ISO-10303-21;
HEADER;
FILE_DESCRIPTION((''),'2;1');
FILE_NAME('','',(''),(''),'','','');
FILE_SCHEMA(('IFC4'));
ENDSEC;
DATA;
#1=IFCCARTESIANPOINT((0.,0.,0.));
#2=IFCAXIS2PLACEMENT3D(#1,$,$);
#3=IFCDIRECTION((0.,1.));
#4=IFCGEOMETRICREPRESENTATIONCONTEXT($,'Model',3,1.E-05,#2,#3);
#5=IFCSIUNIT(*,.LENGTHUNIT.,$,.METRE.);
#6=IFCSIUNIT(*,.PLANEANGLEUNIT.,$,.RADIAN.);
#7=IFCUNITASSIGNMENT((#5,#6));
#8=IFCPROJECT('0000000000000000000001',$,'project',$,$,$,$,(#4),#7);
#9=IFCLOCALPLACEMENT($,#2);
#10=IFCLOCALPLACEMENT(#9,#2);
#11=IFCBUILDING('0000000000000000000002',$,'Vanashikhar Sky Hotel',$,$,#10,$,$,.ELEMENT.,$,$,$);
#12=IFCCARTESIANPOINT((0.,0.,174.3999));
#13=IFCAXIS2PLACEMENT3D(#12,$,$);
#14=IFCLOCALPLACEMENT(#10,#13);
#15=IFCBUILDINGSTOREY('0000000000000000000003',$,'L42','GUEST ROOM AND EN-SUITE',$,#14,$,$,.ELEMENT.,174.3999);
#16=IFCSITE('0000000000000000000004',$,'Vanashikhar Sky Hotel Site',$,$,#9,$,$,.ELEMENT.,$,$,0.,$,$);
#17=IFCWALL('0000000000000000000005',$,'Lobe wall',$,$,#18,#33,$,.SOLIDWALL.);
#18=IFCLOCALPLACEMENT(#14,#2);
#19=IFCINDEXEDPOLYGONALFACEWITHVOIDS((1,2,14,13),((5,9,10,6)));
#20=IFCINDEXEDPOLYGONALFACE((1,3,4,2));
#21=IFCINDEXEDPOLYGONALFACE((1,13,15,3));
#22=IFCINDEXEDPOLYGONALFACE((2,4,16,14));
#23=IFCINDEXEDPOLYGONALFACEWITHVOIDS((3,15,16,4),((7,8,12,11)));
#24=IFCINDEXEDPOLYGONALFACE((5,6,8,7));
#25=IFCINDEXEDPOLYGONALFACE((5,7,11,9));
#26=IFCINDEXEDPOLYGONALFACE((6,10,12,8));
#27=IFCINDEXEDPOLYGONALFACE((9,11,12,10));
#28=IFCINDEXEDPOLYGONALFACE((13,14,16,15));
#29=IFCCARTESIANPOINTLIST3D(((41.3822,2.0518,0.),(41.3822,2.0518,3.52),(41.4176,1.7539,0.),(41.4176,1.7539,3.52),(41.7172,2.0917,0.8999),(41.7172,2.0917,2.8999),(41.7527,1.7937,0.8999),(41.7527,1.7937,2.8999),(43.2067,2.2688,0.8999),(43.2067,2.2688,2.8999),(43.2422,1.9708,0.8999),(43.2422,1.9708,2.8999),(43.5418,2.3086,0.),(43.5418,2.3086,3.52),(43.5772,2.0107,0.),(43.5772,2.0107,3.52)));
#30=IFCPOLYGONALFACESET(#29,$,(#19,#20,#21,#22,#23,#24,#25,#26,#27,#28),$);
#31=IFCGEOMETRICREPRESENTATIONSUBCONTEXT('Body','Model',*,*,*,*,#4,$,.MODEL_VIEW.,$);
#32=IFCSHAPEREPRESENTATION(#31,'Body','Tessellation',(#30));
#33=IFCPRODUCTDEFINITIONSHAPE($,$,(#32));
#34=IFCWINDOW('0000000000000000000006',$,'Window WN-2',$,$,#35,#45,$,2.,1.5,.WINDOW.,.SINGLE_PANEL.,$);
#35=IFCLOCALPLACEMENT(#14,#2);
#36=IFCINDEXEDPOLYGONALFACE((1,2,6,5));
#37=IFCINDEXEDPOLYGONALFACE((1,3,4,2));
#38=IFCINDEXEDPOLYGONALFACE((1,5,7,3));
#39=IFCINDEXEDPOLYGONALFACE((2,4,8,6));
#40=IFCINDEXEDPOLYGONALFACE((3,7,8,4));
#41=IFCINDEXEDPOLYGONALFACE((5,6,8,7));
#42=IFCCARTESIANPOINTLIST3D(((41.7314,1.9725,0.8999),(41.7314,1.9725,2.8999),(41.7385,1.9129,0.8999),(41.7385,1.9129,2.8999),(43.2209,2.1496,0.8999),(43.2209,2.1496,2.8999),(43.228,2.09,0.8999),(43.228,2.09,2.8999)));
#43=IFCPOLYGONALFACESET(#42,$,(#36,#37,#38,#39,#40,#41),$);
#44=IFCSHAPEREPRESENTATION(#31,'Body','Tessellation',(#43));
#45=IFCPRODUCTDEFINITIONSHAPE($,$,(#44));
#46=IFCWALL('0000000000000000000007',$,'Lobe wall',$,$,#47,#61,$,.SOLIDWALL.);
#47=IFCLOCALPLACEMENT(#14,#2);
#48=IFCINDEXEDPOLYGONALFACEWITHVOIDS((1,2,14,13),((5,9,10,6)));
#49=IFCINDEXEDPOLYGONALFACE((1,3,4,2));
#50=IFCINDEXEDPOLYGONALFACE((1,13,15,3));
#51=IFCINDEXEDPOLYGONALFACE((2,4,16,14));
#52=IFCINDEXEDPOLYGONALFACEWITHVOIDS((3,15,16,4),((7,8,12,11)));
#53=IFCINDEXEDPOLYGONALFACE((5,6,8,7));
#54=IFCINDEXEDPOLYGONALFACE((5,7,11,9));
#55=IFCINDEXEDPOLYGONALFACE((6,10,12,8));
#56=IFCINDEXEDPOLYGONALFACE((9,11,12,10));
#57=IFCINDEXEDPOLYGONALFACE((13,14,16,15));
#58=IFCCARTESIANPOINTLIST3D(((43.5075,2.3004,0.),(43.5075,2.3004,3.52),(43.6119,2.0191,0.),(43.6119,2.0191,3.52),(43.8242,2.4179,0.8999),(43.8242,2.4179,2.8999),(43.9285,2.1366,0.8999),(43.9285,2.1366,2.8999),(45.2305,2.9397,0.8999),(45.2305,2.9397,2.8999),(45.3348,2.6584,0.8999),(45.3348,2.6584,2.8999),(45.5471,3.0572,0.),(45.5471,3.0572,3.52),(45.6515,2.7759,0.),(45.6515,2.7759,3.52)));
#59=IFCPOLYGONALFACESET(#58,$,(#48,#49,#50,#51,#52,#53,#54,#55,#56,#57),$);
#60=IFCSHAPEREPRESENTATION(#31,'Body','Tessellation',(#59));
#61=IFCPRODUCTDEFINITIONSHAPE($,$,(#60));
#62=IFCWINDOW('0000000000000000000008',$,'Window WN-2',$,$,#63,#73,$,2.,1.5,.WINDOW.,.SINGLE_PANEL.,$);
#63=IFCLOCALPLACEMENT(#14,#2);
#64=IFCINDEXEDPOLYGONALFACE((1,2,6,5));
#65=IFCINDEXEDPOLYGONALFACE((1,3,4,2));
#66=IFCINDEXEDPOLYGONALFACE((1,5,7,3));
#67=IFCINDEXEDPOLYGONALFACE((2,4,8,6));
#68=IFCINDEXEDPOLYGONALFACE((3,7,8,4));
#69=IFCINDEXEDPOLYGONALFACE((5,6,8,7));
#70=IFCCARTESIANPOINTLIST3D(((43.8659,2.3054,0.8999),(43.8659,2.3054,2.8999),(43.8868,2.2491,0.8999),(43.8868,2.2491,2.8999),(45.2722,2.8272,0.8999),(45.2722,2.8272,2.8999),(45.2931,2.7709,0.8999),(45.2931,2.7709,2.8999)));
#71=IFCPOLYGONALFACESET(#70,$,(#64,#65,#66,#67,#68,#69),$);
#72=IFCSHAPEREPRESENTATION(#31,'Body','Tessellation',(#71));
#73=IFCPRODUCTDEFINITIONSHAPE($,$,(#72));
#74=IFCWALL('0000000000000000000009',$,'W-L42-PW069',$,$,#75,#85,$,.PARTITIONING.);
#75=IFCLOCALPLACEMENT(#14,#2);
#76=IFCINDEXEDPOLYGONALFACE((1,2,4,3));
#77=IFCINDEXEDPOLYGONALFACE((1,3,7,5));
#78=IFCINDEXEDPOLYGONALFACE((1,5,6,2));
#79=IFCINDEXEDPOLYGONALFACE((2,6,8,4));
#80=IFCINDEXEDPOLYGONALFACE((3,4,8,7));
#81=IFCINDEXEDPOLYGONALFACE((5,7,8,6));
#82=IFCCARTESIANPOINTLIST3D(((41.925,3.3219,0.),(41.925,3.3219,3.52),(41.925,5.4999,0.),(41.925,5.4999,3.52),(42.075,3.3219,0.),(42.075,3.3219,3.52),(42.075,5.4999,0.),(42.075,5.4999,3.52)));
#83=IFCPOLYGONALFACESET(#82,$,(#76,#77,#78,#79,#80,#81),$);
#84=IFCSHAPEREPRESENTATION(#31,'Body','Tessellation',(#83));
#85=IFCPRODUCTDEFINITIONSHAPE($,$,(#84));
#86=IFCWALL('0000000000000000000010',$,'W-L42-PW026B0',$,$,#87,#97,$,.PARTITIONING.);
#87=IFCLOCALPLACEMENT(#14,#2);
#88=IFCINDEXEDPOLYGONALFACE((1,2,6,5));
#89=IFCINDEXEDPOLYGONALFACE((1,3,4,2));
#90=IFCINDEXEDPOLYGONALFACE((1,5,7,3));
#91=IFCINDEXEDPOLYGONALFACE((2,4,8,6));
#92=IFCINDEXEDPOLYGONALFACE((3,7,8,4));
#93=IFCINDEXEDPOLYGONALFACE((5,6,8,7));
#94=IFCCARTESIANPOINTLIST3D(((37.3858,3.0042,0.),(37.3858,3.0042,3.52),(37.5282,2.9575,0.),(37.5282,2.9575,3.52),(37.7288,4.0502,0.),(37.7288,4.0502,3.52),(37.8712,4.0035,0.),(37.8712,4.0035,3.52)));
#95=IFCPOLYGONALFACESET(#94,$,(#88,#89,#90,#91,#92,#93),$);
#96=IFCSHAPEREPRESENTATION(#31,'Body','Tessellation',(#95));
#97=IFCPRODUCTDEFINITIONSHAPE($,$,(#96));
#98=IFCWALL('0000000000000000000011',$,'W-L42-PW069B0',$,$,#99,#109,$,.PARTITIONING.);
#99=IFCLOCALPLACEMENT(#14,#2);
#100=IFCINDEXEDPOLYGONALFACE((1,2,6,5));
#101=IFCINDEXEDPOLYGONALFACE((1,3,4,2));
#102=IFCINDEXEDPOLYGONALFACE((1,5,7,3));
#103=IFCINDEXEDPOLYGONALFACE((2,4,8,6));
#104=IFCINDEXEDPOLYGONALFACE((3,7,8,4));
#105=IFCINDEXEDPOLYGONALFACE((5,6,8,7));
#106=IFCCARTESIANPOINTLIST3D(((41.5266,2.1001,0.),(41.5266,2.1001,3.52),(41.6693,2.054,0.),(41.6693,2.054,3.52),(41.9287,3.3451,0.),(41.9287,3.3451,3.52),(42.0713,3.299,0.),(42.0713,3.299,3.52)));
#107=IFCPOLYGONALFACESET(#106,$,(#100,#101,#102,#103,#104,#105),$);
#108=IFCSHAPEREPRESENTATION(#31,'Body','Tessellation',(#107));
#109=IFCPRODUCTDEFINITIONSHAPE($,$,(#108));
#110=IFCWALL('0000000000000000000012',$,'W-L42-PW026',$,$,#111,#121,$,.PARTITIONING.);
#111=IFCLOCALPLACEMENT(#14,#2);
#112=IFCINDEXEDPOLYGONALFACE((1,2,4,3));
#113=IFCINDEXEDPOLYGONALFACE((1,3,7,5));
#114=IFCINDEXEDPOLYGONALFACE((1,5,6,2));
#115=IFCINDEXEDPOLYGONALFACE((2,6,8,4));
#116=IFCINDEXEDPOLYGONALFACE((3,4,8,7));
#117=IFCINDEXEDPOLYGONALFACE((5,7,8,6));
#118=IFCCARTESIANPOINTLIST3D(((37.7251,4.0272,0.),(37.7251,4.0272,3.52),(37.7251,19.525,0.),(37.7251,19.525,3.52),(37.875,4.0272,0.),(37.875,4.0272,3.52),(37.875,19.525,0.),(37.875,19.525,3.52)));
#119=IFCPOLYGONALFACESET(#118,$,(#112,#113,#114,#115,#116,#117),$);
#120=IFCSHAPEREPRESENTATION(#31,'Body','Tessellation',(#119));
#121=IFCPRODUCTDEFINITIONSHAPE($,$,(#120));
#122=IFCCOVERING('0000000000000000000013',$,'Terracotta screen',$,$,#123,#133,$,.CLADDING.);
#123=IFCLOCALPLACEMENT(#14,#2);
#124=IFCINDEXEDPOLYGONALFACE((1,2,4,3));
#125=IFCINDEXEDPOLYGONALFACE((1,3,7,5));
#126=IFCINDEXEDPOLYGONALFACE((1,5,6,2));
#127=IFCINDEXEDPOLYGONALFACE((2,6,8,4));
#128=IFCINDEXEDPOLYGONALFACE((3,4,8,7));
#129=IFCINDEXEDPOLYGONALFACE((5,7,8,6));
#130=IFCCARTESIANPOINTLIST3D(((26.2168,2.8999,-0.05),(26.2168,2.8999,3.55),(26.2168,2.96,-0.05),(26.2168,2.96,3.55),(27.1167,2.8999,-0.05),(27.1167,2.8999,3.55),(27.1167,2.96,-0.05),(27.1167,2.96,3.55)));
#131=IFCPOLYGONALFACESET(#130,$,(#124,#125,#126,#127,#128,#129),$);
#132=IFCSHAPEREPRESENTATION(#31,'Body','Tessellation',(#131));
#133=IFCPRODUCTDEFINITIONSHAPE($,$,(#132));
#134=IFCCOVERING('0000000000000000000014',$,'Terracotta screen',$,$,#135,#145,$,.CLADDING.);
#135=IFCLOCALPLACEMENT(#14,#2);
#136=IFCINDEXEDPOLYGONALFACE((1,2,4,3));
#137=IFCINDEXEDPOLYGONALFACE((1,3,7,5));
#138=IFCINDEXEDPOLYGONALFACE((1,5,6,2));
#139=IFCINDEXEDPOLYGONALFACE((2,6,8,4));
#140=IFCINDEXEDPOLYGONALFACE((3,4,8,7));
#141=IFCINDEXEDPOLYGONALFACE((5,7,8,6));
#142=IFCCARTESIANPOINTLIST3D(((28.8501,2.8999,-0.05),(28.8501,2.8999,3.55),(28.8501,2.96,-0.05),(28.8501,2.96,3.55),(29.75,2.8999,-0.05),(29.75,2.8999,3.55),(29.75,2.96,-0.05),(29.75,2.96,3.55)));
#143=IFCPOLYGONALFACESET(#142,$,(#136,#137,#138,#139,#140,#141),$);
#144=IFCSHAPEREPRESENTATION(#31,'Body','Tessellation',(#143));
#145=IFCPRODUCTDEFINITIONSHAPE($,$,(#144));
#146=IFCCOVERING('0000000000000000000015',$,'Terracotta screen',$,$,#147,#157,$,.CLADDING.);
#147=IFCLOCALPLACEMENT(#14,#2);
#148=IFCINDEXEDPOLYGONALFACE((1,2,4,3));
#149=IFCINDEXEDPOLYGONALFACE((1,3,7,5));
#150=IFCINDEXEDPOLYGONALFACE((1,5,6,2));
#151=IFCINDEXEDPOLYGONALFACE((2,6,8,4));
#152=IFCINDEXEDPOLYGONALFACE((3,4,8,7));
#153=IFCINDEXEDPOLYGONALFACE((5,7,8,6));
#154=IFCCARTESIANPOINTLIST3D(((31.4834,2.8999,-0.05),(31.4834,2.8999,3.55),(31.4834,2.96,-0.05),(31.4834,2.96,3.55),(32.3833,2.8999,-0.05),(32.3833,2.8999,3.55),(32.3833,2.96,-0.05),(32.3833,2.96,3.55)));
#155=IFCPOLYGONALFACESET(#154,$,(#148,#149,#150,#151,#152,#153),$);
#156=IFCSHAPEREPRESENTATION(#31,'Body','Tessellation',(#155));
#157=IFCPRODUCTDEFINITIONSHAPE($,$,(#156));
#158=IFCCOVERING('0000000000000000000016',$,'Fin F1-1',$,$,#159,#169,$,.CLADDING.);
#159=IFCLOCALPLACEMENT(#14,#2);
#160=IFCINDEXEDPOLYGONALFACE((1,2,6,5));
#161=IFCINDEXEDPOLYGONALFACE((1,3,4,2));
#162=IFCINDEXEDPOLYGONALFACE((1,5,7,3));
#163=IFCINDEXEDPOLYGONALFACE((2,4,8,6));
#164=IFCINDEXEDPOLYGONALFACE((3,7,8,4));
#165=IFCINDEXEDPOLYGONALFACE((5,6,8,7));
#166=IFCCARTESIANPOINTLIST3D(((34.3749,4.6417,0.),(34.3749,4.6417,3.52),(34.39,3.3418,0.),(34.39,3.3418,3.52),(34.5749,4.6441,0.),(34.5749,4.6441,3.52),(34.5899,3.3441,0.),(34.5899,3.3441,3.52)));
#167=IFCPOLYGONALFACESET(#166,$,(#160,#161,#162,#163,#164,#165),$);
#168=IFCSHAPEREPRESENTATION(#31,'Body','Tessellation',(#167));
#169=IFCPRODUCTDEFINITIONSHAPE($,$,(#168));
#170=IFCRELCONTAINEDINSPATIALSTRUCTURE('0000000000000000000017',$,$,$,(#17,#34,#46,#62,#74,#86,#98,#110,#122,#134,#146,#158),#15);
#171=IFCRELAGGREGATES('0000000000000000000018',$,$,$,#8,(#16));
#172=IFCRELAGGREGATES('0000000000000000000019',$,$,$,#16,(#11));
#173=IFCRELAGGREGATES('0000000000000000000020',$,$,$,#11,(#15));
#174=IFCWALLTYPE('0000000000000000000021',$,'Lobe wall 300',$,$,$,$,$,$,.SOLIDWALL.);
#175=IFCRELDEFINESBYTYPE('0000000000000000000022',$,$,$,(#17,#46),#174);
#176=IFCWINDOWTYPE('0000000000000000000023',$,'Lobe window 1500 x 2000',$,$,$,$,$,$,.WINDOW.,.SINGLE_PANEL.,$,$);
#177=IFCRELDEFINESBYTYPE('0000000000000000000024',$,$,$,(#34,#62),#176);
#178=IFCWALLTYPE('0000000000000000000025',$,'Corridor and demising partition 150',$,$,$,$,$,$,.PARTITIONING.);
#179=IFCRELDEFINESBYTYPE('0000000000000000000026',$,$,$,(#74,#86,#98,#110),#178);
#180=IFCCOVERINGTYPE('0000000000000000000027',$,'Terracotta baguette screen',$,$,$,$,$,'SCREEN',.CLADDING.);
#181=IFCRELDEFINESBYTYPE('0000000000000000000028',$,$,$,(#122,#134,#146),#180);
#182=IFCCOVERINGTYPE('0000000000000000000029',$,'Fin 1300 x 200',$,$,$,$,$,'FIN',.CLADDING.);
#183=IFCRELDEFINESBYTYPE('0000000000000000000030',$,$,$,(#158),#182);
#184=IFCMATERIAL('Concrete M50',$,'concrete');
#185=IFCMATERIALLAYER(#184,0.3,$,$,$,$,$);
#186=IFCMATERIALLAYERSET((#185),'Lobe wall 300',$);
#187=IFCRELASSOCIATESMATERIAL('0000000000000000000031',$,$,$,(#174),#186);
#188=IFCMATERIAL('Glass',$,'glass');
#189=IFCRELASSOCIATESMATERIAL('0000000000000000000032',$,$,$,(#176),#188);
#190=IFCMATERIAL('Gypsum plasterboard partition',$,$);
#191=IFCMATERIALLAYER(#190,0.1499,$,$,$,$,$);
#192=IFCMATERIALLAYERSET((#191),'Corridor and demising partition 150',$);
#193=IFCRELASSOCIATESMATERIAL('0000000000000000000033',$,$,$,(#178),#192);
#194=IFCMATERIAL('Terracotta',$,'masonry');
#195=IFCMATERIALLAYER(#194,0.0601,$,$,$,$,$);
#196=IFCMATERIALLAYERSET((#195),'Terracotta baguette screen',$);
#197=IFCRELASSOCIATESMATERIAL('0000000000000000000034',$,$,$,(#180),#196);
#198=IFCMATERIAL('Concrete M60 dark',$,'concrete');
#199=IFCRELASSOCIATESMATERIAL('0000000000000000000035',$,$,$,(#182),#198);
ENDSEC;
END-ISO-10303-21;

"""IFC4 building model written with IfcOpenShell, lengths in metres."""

from ifc_helpers import new_model, si_unit, direction, frame, frame_2d, origin, origin_2d, place, context, subcontext, project, spatial, rectangle, extrude, source, transform, mapped, material, layer, layer_set, material_profile, profile_set, type_object, element, fill, save


model = new_model("IFC4")

# Units and contexts
model_context = context("Model", 3, precision=1e-05, world=origin(), true_north=direction((0.0, 1.0)))
body_context = subcontext(model_context, "Body", "Model", "MODEL_VIEW")
ifc_project = project(units=[si_unit("LENGTHUNIT", "METRE"), si_unit("PLANEANGLEUNIT", "RADIAN")], contexts=[model_context])

# Site, building, storey
site_placement = place(None, origin())
site = spatial("IfcSite", under=ifc_project, at=site_placement, Name="Vanashikhar Sky Hotel Site", CompositionType="ELEMENT", RefElevation=0.0)
building_placement = place(site_placement, origin())
building = spatial("IfcBuilding", under=site, at=building_placement, Name="Vanashikhar Sky Hotel", CompositionType="ELEMENT")
storey_placement = place(building_placement, frame((0.0, 0.0, 174.3999)))
storey = spatial("IfcBuildingStorey", under=building, at=storey_placement, Name="L42", Description="GUEST ROOM AND EN-SUITE", CompositionType="ELEMENT", Elevation=174.3999)

# Walls, openings, windows
ifc_material_1 = material(Name="Concrete M50", Category="concrete")
ifc_layer_1 = layer(ifc_material_1, 0.3)
ifc_layer_set_1 = layer_set([ifc_layer_1], Name="Lobe wall 300")
wall_type_1 = type_object("IfcWallType", Name="Lobe wall 300", PredefinedType="SOLIDWALL", material=ifc_layer_set_1)
shared_shape_1 = source(origin(), body_context, "Body", "SweptSolid", [
    extrude(rectangle(XDim=1.5, YDim=2.0, at=frame_2d((0.75, 1.0))), frame((0.0, 0.1602, 0.0), z_axis=(0.0, -1.0, 0.0), x_axis=(1.0, 0.0, 0.0)), (0.0, 0.0, 1.0), 0.3201),
])
ifc_material_2 = material(Name="Glass", Category="glass")
window_type = type_object("IfcWindowType", Name="Lobe window 1500 x 2000", PartitioningType="SINGLE_PANEL", PredefinedType="WINDOW", material=ifc_material_2)
shared_shape_2 = source(origin(), body_context, "Body", "SweptSolid", [
    extrude(rectangle(XDim=1.5, YDim=2.0, at=frame_2d((0.75, 1.0))), frame((0.0, 0.03, 0.0), z_axis=(0.0, -1.0, 0.0), x_axis=(1.0, 0.0, 0.0)), (0.0, 0.0, 1.0), 0.0601),
])
shared_shape_3 = source(origin(), body_context, "Body", "SweptSolid", [
    extrude(rectangle(XDim=2.1748, YDim=0.3, at=frame_2d((1.0874, 0.0))), origin(), (0.0, 0.0, 1.0), 3.52),
])
wall_1_placement = place(storey_placement, frame((41.3999, 1.9028, 0.0), z_axis=(0.0, 0.0, 1.0), x_axis=(0.993003, 0.118092, 0.0)))
wall_1 = element("IfcWall", 1, at=wall_1_placement, inside=storey, type_object=wall_type_1, Name="Lobe wall", PredefinedType="SOLIDWALL", context=body_context, shape_type="MappedRepresentation", body=[
    mapped(shared_shape_3, transform((0.0, 0.0, 0.0), scale=1.0)),
])
opening_1_placement = place(wall_1_placement, frame((0.3374, 0.0, 0.8999)))
opening_1 = element("IfcOpeningElement", 2, at=opening_1_placement, cuts=wall_1, PredefinedType="OPENING", context=body_context, shape_type="MappedRepresentation", body=[
    mapped(shared_shape_1, transform((0.0, 0.0, 0.0), scale=1.0)),
])
window_1_placement = place(opening_1_placement, origin())
window_1 = element("IfcWindow", 3, at=window_1_placement, inside=storey, type_object=window_type, Name="Window WN-2", OverallHeight=2.0, OverallWidth=1.5, PartitioningType="SINGLE_PANEL", PredefinedType="WINDOW", context=body_context, shape_type="MappedRepresentation", body=[
    mapped(shared_shape_2, transform((0.0, 0.0, 0.0), scale=1.0)),
])
fill(opening_1, window_1)
shared_shape_4 = source(origin(), body_context, "Body", "SweptSolid", [
    extrude(rectangle(XDim=2.1755, YDim=0.3, at=frame_2d((1.0879, 0.0))), origin(), (0.0, 0.0, 1.0), 3.52),
])
wall_2_placement = place(storey_placement, frame((43.5596, 2.1597, 0.0), z_axis=(0.0, 0.0, 1.0), x_axis=(0.937532, 0.347899, 0.0)))
wall_2 = element("IfcWall", 4, at=wall_2_placement, inside=storey, type_object=wall_type_1, Name="Lobe wall", PredefinedType="SOLIDWALL", context=body_context, shape_type="MappedRepresentation", body=[
    mapped(shared_shape_4, transform((0.0, 0.0, 0.0), scale=1.0)),
])
opening_2_placement = place(wall_2_placement, frame((0.3379, 0.0, 0.8999)))
opening_2 = element("IfcOpeningElement", 5, at=opening_2_placement, cuts=wall_2, PredefinedType="OPENING", context=body_context, shape_type="MappedRepresentation", body=[
    mapped(shared_shape_1, transform((0.0, 0.0, 0.0), scale=1.0)),
])
window_2_placement = place(opening_2_placement, origin())
window_2 = element("IfcWindow", 6, at=window_2_placement, inside=storey, type_object=window_type, Name="Window WN-2", OverallHeight=2.0, OverallWidth=1.5, PartitioningType="SINGLE_PANEL", PredefinedType="WINDOW", context=body_context, shape_type="MappedRepresentation", body=[
    mapped(shared_shape_2, transform((0.0, 0.0, 0.0), scale=1.0)),
])
fill(opening_2, window_2)

# Walls
ifc_material_3 = material(Name="Gypsum plasterboard partition")
ifc_layer_2 = layer(ifc_material_3, 0.1499)
ifc_layer_set_2 = layer_set([ifc_layer_2], Name="Corridor and demising partition 150")
wall_type_2 = type_object("IfcWallType", Name="Corridor and demising partition 150", PredefinedType="PARTITIONING", material=ifc_layer_set_2)
shared_shape_5 = source(origin(), body_context, "Body", "SweptSolid", [
    extrude(rectangle(XDim=2.178, YDim=0.1499, at=frame_2d((1.0889, 0.0))), origin(), (0.0, 0.0, 1.0), 3.52),
])
wall_3_placement = place(storey_placement, frame((42.0, 3.322, 0.0), z_axis=(0.0, 0.0, 1.0), x_axis=(0.0, 1.0, 0.0)))
element("IfcWall", 7, at=wall_3_placement, inside=storey, type_object=wall_type_2, Name="W-L42-PW069", PredefinedType="PARTITIONING", context=body_context, shape_type="MappedRepresentation", body=[
    mapped(shared_shape_5, transform((0.0, 0.0, 0.0), scale=1.0)),
])
shared_shape_6 = source(origin(), body_context, "Body", "SweptSolid", [
    extrude(rectangle(XDim=1.1008, YDim=0.1499, at=frame_2d((0.5503, 0.0))), origin(), (0.0, 0.0, 1.0), 3.52),
])
wall_4_placement = place(storey_placement, frame((37.457, 2.981, 0.0), z_axis=(0.0, 0.0, 1.0), x_axis=(0.311567, 0.950224, 0.0)))
element("IfcWall", 8, at=wall_4_placement, inside=storey, type_object=wall_type_2, Name="W-L42-PW026B0", PredefinedType="PARTITIONING", context=body_context, shape_type="MappedRepresentation", body=[
    mapped(shared_shape_6, transform((0.0, 0.0, 0.0), scale=1.0)),
])
shared_shape_7 = source(origin(), body_context, "Body", "SweptSolid", [
    extrude(rectangle(XDim=1.3083, YDim=0.1499, at=frame_2d((0.6543, 0.0))), origin(), (0.0, 0.0, 1.0), 3.52),
])
wall_5_placement = place(storey_placement, frame((41.5979, 2.0769, 0.0), z_axis=(0.0, 0.0, 1.0), x_axis=(0.307314, 0.951608, 0.0)))
element("IfcWall", 9, at=wall_5_placement, inside=storey, type_object=wall_type_2, Name="W-L42-PW069B0", PredefinedType="PARTITIONING", context=body_context, shape_type="MappedRepresentation", body=[
    mapped(shared_shape_7, transform((0.0, 0.0, 0.0), scale=1.0)),
])
shared_shape_8 = source(origin(), body_context, "Body", "SweptSolid", [
    extrude(rectangle(XDim=15.4978, YDim=0.1499, at=frame_2d((7.749, 0.0))), origin(), (0.0, 0.0, 1.0), 3.52),
])
wall_6_placement = place(storey_placement, frame((37.8, 4.0271, 0.0), z_axis=(0.0, 0.0, 1.0), x_axis=(0.0, 1.0, 0.0)))
element("IfcWall", 10, at=wall_6_placement, inside=storey, type_object=wall_type_2, Name="W-L42-PW026", PredefinedType="PARTITIONING", context=body_context, shape_type="MappedRepresentation", body=[
    mapped(shared_shape_8, transform((0.0, 0.0, 0.0), scale=1.0)),
])

# Coverings
ifc_material_4 = material(Name="Terracotta", Category="masonry")
ifc_layer_3 = layer(ifc_material_4, 0.0601)
ifc_layer_set_3 = layer_set([ifc_layer_3], Name="Terracotta baguette screen")
covering_type_1 = type_object("IfcCoveringType", Name="Terracotta baguette screen", ElementType="SCREEN", PredefinedType="CLADDING", material=ifc_layer_set_3)
shared_shape_9 = source(origin(), body_context, "Body", "SweptSolid", [
    extrude(rectangle(XDim=0.8999, YDim=0.0601, at=origin_2d()), origin(), (0.0, 0.0, 1.0), 3.6001),
])
for number, where, z_axis, x_axis, name in (
    (11, (26.6667, 2.9299, -0.05), (0.0, 0.0, 1.0), (1.0, 0.0, 0.0), "Terracotta screen"),
    (12, (29.3, 2.9299, -0.05), (0.0, 0.0, 1.0), (1.0, 0.0, 0.0), "Terracotta screen"),
    (13, (31.9333, 2.9299, -0.05), (0.0, 0.0, 1.0), (1.0, 0.0, 0.0), "Terracotta screen"),
):
    element("IfcCovering", number, at=place(storey_placement, frame(where, z_axis=z_axis, x_axis=x_axis)), inside=storey, type_object=covering_type_1, Name=name, PredefinedType="CLADDING", context=body_context, shape_type="MappedRepresentation", body=[
        mapped(shared_shape_9, transform((0.0, 0.0, 0.0), scale=1.0)),
    ])
ifc_material_5 = material(Name="Concrete M60 dark", Category="concrete")
ifc_material_profile = material_profile(ifc_material_5, rectangle(XDim=1.3, YDim=0.2, at=origin_2d()))
ifc_profile_set = profile_set([ifc_material_profile], Name="Fin 1300 x 200")
covering_type_2 = type_object("IfcCoveringType", Name="Fin 1300 x 200", ElementType="FIN", PredefinedType="CLADDING", material=ifc_profile_set)
shared_shape_10 = source(origin(), body_context, "Body", "SweptSolid", [
    extrude(rectangle(XDim=1.3, YDim=0.2, at=origin_2d()), origin(), (0.0, 0.0, 1.0), 3.52),
])
for number, where, z_axis, x_axis, name in (
    (14, (34.4824, 3.9929, 0.0), (0.0, 0.0, 1.0), (0.011589, -0.999933, 0.0), "Fin F1-1"),
):
    element("IfcCovering", number, at=place(storey_placement, frame(where, z_axis=z_axis, x_axis=x_axis)), inside=storey, type_object=covering_type_2, Name=name, PredefinedType="CLADDING", context=body_context, shape_type="MappedRepresentation", body=[
        mapped(shared_shape_10, transform((0.0, 0.0, 0.0), scale=1.0)),
    ])

save(model, "model.ifc")
